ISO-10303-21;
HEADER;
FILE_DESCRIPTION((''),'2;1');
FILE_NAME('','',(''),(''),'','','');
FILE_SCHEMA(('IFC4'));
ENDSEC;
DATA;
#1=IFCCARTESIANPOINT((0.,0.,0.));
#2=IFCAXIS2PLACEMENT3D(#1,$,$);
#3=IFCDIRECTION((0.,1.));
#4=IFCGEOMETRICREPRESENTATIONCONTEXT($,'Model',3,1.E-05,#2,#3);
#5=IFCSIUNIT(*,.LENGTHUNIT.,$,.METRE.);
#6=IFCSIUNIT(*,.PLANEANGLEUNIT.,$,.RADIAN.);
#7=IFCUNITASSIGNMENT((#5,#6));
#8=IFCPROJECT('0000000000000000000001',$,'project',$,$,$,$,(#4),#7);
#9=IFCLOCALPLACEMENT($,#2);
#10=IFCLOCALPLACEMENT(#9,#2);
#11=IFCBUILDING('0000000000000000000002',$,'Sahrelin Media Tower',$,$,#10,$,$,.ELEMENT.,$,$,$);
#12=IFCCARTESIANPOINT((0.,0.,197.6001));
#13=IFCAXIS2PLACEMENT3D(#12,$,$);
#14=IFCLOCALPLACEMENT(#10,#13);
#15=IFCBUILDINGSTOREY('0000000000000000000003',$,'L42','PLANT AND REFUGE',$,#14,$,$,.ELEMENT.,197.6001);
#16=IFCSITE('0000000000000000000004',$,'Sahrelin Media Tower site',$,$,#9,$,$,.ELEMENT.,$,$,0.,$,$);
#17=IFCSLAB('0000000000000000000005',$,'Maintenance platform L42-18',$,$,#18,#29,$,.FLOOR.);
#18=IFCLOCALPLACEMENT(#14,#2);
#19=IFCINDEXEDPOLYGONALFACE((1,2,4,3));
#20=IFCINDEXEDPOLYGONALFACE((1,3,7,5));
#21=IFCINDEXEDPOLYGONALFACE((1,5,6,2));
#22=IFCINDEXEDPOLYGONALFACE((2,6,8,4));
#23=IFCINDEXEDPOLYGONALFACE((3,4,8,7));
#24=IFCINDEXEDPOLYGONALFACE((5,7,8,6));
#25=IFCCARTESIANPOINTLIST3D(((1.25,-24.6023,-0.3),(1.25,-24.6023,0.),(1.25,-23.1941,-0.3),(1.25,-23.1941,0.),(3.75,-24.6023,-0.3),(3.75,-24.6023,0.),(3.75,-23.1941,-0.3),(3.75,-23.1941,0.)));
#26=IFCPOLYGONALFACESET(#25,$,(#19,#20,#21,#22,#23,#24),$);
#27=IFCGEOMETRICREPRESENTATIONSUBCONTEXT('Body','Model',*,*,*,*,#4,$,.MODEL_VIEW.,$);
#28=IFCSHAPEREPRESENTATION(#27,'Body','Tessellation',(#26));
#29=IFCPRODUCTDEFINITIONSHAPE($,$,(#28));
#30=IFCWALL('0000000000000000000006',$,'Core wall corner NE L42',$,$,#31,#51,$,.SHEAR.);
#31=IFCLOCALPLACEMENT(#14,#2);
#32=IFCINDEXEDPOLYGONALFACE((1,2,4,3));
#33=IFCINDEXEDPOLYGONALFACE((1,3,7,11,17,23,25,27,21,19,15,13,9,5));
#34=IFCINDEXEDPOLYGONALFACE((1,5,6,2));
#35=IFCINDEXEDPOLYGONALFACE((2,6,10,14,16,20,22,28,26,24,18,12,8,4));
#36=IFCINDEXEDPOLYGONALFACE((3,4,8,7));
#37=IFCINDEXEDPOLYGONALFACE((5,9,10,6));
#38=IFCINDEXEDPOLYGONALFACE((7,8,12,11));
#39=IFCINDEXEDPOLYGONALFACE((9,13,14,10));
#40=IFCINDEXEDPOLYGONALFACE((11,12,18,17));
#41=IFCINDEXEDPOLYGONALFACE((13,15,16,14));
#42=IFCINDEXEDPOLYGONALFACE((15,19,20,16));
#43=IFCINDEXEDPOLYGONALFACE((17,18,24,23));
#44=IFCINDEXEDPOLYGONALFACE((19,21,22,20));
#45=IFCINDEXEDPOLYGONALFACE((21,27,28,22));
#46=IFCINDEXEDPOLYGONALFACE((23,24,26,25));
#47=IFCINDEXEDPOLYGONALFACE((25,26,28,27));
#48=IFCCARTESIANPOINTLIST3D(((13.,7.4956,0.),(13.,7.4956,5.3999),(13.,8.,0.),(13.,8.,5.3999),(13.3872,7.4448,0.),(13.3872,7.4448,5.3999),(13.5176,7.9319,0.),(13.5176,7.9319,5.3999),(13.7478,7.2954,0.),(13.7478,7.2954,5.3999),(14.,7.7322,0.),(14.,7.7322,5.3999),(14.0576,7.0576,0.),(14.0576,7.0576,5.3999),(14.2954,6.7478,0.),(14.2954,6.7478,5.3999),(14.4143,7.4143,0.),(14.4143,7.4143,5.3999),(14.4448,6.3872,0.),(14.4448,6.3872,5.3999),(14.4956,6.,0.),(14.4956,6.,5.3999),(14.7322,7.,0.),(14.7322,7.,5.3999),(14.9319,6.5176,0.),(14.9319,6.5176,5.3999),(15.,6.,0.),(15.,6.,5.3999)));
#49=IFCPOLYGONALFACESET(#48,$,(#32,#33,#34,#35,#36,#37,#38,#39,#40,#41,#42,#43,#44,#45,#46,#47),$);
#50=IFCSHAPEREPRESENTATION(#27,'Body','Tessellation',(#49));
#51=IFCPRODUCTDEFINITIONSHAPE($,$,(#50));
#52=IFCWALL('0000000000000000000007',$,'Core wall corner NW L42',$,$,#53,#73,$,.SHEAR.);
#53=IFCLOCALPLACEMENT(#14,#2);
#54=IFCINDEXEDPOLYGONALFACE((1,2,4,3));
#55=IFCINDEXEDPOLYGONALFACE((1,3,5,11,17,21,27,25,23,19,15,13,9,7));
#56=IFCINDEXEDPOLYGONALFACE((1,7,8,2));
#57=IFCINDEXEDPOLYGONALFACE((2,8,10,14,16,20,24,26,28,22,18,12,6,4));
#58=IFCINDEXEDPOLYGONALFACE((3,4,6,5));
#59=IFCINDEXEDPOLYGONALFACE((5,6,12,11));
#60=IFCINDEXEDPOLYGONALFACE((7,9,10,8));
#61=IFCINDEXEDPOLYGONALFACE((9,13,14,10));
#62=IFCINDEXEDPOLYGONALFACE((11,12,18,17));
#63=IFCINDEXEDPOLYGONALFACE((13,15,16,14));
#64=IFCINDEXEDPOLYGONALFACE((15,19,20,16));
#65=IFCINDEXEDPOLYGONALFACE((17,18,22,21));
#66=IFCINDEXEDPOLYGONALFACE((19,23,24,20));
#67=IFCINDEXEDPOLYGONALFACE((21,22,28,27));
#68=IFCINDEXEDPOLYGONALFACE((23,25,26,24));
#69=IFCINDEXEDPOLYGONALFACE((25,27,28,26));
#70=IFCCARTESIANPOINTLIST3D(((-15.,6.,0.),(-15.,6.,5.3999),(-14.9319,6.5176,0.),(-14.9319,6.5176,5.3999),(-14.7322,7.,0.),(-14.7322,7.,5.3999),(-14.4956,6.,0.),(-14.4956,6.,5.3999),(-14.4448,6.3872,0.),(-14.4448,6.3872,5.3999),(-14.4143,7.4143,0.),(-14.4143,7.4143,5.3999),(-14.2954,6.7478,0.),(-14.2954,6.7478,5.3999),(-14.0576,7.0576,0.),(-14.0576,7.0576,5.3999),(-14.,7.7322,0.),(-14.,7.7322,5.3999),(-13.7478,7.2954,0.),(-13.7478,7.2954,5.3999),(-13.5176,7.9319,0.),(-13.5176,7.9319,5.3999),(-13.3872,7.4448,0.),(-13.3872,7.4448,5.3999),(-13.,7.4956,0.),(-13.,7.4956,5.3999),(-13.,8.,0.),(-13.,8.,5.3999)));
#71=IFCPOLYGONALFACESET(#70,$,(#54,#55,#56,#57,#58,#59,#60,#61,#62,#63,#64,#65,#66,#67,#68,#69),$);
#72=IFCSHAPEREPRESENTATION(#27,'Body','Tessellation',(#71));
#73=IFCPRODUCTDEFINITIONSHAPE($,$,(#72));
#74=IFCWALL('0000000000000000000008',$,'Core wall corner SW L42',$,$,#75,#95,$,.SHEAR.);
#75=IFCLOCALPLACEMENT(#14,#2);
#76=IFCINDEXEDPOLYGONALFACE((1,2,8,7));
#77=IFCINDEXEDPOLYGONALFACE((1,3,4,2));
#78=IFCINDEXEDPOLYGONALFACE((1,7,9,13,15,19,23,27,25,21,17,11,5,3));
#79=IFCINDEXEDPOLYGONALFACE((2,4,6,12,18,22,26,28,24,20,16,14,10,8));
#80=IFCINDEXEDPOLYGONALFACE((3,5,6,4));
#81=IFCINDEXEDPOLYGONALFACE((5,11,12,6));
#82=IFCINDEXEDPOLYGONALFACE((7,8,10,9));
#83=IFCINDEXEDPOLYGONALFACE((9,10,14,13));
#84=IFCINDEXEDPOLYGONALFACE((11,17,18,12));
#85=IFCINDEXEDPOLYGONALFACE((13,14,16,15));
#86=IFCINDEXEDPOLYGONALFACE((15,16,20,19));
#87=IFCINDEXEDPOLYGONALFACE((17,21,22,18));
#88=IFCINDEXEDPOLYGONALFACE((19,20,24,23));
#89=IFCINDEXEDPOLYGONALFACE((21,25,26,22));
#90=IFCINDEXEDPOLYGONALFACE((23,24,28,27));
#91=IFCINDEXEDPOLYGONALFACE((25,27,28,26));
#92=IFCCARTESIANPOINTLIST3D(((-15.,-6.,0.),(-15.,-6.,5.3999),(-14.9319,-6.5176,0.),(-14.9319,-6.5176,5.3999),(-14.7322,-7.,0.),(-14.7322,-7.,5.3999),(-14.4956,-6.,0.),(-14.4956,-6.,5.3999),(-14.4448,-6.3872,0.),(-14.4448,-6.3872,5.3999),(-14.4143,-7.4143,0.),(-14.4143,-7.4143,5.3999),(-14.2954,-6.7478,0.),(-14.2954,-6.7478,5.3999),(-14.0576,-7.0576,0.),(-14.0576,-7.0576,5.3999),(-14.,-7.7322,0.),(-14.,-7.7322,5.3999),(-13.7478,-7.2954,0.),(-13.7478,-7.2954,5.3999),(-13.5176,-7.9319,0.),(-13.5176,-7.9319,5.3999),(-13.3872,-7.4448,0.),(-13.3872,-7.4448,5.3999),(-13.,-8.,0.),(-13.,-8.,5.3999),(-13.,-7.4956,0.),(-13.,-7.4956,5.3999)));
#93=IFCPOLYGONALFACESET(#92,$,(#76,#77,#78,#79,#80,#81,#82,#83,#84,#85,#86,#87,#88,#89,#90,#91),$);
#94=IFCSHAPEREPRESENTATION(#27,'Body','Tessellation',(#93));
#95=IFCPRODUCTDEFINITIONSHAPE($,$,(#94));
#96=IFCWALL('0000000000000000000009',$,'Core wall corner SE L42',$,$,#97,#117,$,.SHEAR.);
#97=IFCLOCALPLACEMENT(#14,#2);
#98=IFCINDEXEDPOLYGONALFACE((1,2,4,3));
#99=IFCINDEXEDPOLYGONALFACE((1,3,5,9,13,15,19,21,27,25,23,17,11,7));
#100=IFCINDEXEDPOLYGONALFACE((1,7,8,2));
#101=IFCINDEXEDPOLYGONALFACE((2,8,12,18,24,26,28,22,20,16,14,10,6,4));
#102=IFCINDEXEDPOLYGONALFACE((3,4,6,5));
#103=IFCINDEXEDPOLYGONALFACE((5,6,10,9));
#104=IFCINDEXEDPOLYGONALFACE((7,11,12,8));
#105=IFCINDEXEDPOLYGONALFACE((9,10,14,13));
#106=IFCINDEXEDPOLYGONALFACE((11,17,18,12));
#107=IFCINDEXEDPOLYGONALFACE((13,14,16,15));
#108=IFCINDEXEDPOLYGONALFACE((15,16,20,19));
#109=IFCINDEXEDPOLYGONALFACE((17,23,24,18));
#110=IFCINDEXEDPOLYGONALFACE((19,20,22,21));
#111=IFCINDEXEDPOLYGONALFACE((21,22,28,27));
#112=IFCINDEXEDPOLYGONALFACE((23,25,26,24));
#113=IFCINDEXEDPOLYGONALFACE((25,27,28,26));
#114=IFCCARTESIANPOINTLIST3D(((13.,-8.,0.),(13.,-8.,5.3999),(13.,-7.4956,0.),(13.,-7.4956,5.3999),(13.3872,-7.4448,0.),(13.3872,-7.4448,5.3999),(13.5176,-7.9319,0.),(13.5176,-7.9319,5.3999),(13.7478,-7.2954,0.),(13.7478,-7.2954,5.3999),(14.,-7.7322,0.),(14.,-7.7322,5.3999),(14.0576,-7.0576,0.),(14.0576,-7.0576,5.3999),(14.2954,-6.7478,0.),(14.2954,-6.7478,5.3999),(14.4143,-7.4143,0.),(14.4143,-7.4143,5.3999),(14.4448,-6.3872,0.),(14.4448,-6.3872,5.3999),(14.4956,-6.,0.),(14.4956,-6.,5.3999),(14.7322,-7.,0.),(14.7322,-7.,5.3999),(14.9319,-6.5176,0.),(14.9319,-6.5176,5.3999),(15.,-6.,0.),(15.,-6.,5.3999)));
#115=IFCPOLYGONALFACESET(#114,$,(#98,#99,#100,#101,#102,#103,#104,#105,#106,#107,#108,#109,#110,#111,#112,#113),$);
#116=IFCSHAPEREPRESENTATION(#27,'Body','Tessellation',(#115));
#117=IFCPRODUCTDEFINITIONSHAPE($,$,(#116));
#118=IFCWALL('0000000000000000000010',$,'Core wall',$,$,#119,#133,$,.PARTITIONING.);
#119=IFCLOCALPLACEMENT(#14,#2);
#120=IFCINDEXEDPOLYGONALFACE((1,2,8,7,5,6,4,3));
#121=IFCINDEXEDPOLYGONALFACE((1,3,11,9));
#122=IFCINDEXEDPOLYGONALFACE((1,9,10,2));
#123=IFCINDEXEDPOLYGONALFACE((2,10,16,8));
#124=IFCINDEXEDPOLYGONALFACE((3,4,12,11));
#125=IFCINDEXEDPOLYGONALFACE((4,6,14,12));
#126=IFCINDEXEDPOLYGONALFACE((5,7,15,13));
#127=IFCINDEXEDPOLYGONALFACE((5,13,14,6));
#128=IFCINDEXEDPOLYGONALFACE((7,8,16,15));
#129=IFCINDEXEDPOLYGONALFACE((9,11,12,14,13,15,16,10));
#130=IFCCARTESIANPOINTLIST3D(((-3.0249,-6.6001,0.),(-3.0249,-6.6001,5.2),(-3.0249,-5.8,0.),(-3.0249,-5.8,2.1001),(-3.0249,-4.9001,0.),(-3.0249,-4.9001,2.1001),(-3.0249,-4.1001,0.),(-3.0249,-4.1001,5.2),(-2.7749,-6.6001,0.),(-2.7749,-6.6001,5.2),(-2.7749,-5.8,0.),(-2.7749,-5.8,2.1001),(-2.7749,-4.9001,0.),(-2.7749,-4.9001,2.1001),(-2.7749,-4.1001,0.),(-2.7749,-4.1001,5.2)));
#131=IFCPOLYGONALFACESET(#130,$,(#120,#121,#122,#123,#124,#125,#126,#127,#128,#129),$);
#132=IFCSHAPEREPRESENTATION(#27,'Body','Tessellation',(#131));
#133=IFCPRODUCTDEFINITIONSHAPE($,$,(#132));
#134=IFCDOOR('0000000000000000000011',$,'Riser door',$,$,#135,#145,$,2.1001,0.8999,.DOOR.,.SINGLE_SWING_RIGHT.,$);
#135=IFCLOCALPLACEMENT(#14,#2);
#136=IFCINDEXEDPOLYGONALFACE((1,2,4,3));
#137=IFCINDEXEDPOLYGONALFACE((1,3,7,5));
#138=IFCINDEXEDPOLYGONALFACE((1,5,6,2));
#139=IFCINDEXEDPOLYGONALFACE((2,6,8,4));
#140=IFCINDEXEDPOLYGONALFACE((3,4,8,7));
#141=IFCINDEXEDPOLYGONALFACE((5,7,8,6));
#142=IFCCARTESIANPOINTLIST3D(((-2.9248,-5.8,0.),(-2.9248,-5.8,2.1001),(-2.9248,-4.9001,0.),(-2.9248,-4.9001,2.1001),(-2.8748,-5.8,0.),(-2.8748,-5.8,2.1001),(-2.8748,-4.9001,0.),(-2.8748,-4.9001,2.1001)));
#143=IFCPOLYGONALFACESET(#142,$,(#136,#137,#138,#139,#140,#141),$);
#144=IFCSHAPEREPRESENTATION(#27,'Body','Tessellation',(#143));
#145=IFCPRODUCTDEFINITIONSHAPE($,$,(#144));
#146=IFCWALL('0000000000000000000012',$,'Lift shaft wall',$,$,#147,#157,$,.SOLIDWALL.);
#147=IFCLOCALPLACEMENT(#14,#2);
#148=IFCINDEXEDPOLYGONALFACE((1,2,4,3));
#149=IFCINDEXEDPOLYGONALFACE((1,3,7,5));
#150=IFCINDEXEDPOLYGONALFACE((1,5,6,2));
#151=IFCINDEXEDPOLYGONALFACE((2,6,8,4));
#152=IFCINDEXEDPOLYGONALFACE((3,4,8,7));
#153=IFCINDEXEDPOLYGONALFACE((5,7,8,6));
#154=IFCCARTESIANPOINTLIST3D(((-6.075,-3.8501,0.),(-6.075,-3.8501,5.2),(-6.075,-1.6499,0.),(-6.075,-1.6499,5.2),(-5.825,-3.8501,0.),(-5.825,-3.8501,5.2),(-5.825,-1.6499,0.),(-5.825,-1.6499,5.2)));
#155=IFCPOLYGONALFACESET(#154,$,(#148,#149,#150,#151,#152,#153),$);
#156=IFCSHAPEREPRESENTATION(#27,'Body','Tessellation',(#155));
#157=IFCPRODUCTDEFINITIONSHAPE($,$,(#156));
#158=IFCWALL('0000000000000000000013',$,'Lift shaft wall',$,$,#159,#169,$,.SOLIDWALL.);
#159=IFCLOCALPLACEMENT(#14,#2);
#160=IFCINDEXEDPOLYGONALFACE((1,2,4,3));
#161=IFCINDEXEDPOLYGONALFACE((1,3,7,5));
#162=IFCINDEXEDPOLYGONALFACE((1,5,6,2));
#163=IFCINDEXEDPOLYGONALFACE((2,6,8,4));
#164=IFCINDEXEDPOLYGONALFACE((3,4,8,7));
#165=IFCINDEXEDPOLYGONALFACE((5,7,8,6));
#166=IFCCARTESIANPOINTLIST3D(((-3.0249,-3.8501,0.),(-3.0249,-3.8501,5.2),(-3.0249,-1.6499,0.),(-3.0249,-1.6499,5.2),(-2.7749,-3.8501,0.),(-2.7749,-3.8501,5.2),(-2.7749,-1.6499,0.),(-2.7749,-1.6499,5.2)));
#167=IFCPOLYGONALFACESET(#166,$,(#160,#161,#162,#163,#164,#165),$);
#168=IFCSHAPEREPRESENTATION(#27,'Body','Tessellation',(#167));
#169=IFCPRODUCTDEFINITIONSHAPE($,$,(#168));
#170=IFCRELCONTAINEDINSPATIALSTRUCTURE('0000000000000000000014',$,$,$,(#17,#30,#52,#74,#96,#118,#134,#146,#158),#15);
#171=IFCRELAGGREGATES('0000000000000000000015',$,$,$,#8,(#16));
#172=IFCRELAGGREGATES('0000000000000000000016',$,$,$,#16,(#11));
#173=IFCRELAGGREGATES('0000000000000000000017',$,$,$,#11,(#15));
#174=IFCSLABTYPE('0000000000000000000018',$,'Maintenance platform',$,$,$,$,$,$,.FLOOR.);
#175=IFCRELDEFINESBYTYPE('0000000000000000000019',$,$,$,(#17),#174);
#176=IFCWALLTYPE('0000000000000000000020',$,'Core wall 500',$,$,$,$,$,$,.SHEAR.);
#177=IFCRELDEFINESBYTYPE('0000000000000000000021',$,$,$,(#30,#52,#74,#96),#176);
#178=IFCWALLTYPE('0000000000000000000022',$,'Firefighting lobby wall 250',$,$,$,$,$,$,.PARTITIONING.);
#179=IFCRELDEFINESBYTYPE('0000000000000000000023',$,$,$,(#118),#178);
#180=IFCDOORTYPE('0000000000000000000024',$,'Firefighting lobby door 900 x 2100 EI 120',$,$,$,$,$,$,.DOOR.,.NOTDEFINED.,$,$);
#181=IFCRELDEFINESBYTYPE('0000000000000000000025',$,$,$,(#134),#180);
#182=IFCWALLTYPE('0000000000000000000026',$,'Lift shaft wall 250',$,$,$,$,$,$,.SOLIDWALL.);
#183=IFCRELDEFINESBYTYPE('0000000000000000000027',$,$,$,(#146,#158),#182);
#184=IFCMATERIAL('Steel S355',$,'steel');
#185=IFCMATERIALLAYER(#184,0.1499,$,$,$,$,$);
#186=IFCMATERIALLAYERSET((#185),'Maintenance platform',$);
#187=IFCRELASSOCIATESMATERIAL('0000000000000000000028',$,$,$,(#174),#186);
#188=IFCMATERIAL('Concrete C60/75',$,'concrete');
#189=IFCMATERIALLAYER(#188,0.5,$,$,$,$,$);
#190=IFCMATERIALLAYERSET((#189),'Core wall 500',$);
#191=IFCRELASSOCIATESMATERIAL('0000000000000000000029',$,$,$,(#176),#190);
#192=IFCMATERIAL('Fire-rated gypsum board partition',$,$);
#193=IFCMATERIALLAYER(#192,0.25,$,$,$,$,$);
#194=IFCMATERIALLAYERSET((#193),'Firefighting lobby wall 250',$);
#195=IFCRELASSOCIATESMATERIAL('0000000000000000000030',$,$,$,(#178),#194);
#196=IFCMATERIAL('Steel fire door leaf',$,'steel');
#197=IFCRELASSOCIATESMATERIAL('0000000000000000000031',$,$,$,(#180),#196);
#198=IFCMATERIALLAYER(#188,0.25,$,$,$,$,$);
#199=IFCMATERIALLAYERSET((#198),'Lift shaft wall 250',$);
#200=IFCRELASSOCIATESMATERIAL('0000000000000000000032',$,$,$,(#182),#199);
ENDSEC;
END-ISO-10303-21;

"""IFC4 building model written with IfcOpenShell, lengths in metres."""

from ifc_helpers import new_model, si_unit, direction, frame, frame_2d, origin, place, context, subcontext, project, spatial, polyline, rectangle, outline, extrude, material, layer, layer_set, type_object, element, fill, save


model = new_model("IFC4")

# Units and contexts
model_context = context("Model", 3, precision=1e-05, world=origin(), true_north=direction((0.0, 1.0)))
body_context = subcontext(model_context, "Body", "Model", "MODEL_VIEW")
ifc_project = project(units=[si_unit("LENGTHUNIT", "METRE"), si_unit("PLANEANGLEUNIT", "RADIAN")], contexts=[model_context])

# Site, building, storey
site_placement = place(None, origin())
site = spatial("IfcSite", under=ifc_project, at=site_placement, Name="Sahrelin Media Tower site", CompositionType="ELEMENT", RefElevation=0.0)
building_placement = place(site_placement, origin())
building = spatial("IfcBuilding", under=site, at=building_placement, Name="Sahrelin Media Tower", CompositionType="ELEMENT")
storey_placement = place(building_placement, frame((0.0, 0.0, 197.6001)))
storey = spatial("IfcBuildingStorey", under=building, at=storey_placement, Name="L42", Description="PLANT AND REFUGE", CompositionType="ELEMENT", Elevation=197.6001)

# Shared definitions
ifc_material_1 = material(Name="Steel S355", Category="steel")

# Slab
placement_1 = place(storey_placement, frame((0.0, 0.0, -0.3)))
ifc_layer_1 = layer(ifc_material_1, 0.1499)
ifc_layer_set_1 = layer_set([ifc_layer_1], Name="Maintenance platform")
slab_type_1 = type_object("IfcSlabType", Name="Maintenance platform", PredefinedType="FLOOR", material=ifc_layer_set_1)
element("IfcSlab", 1, at=placement_1, inside=storey, type_object=slab_type_1, Name="Maintenance platform L42-18", PredefinedType="FLOOR", context=body_context, shape_type="SweptSolid", body=[
    extrude(outline(polyline([(1.25, -23.1941), (3.75, -23.1941), (3.75, -24.6023), (1.25, -24.6023), (1.25, -23.1941)])), origin(), (0.0, 0.0, 1.0), 0.3),
])

# Walls
ifc_material_2 = material(Name="Concrete C60/75", Category="concrete")
ifc_layer_2 = layer(ifc_material_2, 0.5)
ifc_layer_set_2 = layer_set([ifc_layer_2], Name="Core wall 500")
wall_type_1 = type_object("IfcWallType", Name="Core wall 500", PredefinedType="SHEAR", material=ifc_layer_set_2)
placement_2 = place(storey_placement, origin())
element("IfcWall", 2, at=placement_2, inside=storey, type_object=wall_type_1, Name="Core wall corner NE L42", PredefinedType="SHEAR", context=body_context, shape_type="SweptSolid", body=[
    extrude(outline(polyline([(13.0, 8.0), (13.0, 7.4956), (13.3872, 7.4448), (13.7478, 7.2954), (14.0576, 7.0576), (14.2954, 6.7478), (14.4448, 6.3872), (14.4956, 6.0), (15.0, 6.0), (14.9319, 6.5176), (14.7322, 7.0), (14.4143, 7.4143), (14.0, 7.7322), (13.5176, 7.9319), (13.0, 8.0)])), origin(), (0.0, 0.0, 1.0), 5.3999),
])
element("IfcWall", 3, at=placement_2, inside=storey, type_object=wall_type_1, Name="Core wall corner NW L42", PredefinedType="SHEAR", context=body_context, shape_type="SweptSolid", body=[
    extrude(outline(polyline([(-15.0, 6.0), (-14.4956, 6.0), (-14.4448, 6.3872), (-14.2954, 6.7478), (-14.0576, 7.0576), (-13.7478, 7.2954), (-13.3872, 7.4448), (-13.0, 7.4956), (-13.0, 8.0), (-13.5176, 7.9319), (-14.0, 7.7322), (-14.4143, 7.4143), (-14.7322, 7.0), (-14.9319, 6.5176), (-15.0, 6.0)])), origin(), (0.0, 0.0, 1.0), 5.3999),
])
element("IfcWall", 4, at=placement_2, inside=storey, type_object=wall_type_1, Name="Core wall corner SW L42", PredefinedType="SHEAR", context=body_context, shape_type="SweptSolid", body=[
    extrude(outline(polyline([(-13.0, -8.0), (-13.0, -7.4956), (-13.3872, -7.4448), (-13.7478, -7.2954), (-14.0576, -7.0576), (-14.2954, -6.7478), (-14.4448, -6.3872), (-14.4956, -6.0), (-15.0, -6.0), (-14.9319, -6.5176), (-14.7322, -7.0), (-14.4143, -7.4143), (-14.0, -7.7322), (-13.5176, -7.9319), (-13.0, -8.0)])), origin(), (0.0, 0.0, 1.0), 5.3999),
])
element("IfcWall", 5, at=placement_2, inside=storey, type_object=wall_type_1, Name="Core wall corner SE L42", PredefinedType="SHEAR", context=body_context, shape_type="SweptSolid", body=[
    extrude(outline(polyline([(15.0, -6.0), (14.4956, -6.0), (14.4448, -6.3872), (14.2954, -6.7478), (14.0576, -7.0576), (13.7478, -7.2954), (13.3872, -7.4448), (13.0, -7.4956), (13.0, -8.0), (13.5176, -7.9319), (14.0, -7.7322), (14.4143, -7.4143), (14.7322, -7.0), (14.9319, -6.5176), (15.0, -6.0)])), origin(), (0.0, 0.0, 1.0), 5.3999),
])

# Wall, opening, door
ifc_material_3 = material(Name="Fire-rated gypsum board partition")
ifc_layer_3 = layer(ifc_material_3, 0.25)
ifc_layer_set_3 = layer_set([ifc_layer_3], Name="Firefighting lobby wall 250")
wall_type_2 = type_object("IfcWallType", Name="Firefighting lobby wall 250", PredefinedType="PARTITIONING", material=ifc_layer_set_3)
wall_1_placement = place(storey_placement, frame((-2.8999, -6.6001, 0.0), z_axis=(0.0, 0.0, 1.0), x_axis=(0.0, 1.0, 0.0)))
wall_1 = element("IfcWall", 6, at=wall_1_placement, inside=storey, type_object=wall_type_2, Name="Core wall", PredefinedType="PARTITIONING", context=body_context, shape_type="SweptSolid", body=[
    extrude(rectangle(XDim=2.5, YDim=0.25, at=frame_2d((1.25, 0.0))), origin(), (0.0, 0.0, 1.0), 5.2),
])
opening_placement = place(wall_1_placement, frame((0.8, 0.0, 0.0)))
opening = element("IfcOpeningElement", 7, at=opening_placement, cuts=wall_1, PredefinedType="OPENING", context=body_context, shape_type="SweptSolid", body=[
    extrude(rectangle(XDim=0.8999, YDim=2.1001, at=frame_2d((0.45, 1.05))), frame((0.0, 0.125, 0.0), z_axis=(0.0, -1.0, 0.0), x_axis=(1.0, 0.0, 0.0)), (0.0, 0.0, 1.0), 0.25),
])
ifc_material_4 = material(Name="Steel fire door leaf", Category="steel")
door_type = type_object("IfcDoorType", Name="Firefighting lobby door 900 x 2100 EI 120", OperationType="NOTDEFINED", PredefinedType="DOOR", material=ifc_material_4)
door_placement = place(opening_placement, origin())
door = element("IfcDoor", 8, at=door_placement, inside=storey, type_object=door_type, Name="Riser door", OperationType="SINGLE_SWING_RIGHT", OverallHeight=2.1001, OverallWidth=0.8999, PredefinedType="DOOR", context=body_context, shape_type="SweptSolid", body=[
    extrude(rectangle(XDim=0.8999, YDim=2.1001, at=frame_2d((0.45, 1.05))), frame((0.0, 0.0249, 0.0), z_axis=(0.0, -1.0, 0.0), x_axis=(1.0, 0.0, 0.0)), (0.0, 0.0, 1.0), 0.05),
])
fill(opening, door)

# Walls
ifc_layer_4 = layer(ifc_material_2, 0.25)
ifc_layer_set_4 = layer_set([ifc_layer_4], Name="Lift shaft wall 250")
wall_type_3 = type_object("IfcWallType", Name="Lift shaft wall 250", PredefinedType="SOLIDWALL", material=ifc_layer_set_4)
for number, where, z_axis, x_axis, name in (
    (9, (-5.95, -3.8501, 0.0), (0.0, 0.0, 1.0), (0.0, 1.0, 0.0), "Lift shaft wall"),
    (10, (-2.8999, -3.8501, 0.0), (0.0, 0.0, 1.0), (0.0, 1.0, 0.0), "Lift shaft wall"),
):
    element("IfcWall", number, at=place(storey_placement, frame(where, z_axis=z_axis, x_axis=x_axis)), inside=storey, type_object=wall_type_3, Name=name, PredefinedType="SOLIDWALL", context=body_context, shape_type="SweptSolid", body=[
        extrude(rectangle(XDim=2.2002, YDim=0.25, at=frame_2d((1.1001, 0.0))), origin(), (0.0, 0.0, 1.0), 5.2),
    ])

save(model, "model.ifc")
